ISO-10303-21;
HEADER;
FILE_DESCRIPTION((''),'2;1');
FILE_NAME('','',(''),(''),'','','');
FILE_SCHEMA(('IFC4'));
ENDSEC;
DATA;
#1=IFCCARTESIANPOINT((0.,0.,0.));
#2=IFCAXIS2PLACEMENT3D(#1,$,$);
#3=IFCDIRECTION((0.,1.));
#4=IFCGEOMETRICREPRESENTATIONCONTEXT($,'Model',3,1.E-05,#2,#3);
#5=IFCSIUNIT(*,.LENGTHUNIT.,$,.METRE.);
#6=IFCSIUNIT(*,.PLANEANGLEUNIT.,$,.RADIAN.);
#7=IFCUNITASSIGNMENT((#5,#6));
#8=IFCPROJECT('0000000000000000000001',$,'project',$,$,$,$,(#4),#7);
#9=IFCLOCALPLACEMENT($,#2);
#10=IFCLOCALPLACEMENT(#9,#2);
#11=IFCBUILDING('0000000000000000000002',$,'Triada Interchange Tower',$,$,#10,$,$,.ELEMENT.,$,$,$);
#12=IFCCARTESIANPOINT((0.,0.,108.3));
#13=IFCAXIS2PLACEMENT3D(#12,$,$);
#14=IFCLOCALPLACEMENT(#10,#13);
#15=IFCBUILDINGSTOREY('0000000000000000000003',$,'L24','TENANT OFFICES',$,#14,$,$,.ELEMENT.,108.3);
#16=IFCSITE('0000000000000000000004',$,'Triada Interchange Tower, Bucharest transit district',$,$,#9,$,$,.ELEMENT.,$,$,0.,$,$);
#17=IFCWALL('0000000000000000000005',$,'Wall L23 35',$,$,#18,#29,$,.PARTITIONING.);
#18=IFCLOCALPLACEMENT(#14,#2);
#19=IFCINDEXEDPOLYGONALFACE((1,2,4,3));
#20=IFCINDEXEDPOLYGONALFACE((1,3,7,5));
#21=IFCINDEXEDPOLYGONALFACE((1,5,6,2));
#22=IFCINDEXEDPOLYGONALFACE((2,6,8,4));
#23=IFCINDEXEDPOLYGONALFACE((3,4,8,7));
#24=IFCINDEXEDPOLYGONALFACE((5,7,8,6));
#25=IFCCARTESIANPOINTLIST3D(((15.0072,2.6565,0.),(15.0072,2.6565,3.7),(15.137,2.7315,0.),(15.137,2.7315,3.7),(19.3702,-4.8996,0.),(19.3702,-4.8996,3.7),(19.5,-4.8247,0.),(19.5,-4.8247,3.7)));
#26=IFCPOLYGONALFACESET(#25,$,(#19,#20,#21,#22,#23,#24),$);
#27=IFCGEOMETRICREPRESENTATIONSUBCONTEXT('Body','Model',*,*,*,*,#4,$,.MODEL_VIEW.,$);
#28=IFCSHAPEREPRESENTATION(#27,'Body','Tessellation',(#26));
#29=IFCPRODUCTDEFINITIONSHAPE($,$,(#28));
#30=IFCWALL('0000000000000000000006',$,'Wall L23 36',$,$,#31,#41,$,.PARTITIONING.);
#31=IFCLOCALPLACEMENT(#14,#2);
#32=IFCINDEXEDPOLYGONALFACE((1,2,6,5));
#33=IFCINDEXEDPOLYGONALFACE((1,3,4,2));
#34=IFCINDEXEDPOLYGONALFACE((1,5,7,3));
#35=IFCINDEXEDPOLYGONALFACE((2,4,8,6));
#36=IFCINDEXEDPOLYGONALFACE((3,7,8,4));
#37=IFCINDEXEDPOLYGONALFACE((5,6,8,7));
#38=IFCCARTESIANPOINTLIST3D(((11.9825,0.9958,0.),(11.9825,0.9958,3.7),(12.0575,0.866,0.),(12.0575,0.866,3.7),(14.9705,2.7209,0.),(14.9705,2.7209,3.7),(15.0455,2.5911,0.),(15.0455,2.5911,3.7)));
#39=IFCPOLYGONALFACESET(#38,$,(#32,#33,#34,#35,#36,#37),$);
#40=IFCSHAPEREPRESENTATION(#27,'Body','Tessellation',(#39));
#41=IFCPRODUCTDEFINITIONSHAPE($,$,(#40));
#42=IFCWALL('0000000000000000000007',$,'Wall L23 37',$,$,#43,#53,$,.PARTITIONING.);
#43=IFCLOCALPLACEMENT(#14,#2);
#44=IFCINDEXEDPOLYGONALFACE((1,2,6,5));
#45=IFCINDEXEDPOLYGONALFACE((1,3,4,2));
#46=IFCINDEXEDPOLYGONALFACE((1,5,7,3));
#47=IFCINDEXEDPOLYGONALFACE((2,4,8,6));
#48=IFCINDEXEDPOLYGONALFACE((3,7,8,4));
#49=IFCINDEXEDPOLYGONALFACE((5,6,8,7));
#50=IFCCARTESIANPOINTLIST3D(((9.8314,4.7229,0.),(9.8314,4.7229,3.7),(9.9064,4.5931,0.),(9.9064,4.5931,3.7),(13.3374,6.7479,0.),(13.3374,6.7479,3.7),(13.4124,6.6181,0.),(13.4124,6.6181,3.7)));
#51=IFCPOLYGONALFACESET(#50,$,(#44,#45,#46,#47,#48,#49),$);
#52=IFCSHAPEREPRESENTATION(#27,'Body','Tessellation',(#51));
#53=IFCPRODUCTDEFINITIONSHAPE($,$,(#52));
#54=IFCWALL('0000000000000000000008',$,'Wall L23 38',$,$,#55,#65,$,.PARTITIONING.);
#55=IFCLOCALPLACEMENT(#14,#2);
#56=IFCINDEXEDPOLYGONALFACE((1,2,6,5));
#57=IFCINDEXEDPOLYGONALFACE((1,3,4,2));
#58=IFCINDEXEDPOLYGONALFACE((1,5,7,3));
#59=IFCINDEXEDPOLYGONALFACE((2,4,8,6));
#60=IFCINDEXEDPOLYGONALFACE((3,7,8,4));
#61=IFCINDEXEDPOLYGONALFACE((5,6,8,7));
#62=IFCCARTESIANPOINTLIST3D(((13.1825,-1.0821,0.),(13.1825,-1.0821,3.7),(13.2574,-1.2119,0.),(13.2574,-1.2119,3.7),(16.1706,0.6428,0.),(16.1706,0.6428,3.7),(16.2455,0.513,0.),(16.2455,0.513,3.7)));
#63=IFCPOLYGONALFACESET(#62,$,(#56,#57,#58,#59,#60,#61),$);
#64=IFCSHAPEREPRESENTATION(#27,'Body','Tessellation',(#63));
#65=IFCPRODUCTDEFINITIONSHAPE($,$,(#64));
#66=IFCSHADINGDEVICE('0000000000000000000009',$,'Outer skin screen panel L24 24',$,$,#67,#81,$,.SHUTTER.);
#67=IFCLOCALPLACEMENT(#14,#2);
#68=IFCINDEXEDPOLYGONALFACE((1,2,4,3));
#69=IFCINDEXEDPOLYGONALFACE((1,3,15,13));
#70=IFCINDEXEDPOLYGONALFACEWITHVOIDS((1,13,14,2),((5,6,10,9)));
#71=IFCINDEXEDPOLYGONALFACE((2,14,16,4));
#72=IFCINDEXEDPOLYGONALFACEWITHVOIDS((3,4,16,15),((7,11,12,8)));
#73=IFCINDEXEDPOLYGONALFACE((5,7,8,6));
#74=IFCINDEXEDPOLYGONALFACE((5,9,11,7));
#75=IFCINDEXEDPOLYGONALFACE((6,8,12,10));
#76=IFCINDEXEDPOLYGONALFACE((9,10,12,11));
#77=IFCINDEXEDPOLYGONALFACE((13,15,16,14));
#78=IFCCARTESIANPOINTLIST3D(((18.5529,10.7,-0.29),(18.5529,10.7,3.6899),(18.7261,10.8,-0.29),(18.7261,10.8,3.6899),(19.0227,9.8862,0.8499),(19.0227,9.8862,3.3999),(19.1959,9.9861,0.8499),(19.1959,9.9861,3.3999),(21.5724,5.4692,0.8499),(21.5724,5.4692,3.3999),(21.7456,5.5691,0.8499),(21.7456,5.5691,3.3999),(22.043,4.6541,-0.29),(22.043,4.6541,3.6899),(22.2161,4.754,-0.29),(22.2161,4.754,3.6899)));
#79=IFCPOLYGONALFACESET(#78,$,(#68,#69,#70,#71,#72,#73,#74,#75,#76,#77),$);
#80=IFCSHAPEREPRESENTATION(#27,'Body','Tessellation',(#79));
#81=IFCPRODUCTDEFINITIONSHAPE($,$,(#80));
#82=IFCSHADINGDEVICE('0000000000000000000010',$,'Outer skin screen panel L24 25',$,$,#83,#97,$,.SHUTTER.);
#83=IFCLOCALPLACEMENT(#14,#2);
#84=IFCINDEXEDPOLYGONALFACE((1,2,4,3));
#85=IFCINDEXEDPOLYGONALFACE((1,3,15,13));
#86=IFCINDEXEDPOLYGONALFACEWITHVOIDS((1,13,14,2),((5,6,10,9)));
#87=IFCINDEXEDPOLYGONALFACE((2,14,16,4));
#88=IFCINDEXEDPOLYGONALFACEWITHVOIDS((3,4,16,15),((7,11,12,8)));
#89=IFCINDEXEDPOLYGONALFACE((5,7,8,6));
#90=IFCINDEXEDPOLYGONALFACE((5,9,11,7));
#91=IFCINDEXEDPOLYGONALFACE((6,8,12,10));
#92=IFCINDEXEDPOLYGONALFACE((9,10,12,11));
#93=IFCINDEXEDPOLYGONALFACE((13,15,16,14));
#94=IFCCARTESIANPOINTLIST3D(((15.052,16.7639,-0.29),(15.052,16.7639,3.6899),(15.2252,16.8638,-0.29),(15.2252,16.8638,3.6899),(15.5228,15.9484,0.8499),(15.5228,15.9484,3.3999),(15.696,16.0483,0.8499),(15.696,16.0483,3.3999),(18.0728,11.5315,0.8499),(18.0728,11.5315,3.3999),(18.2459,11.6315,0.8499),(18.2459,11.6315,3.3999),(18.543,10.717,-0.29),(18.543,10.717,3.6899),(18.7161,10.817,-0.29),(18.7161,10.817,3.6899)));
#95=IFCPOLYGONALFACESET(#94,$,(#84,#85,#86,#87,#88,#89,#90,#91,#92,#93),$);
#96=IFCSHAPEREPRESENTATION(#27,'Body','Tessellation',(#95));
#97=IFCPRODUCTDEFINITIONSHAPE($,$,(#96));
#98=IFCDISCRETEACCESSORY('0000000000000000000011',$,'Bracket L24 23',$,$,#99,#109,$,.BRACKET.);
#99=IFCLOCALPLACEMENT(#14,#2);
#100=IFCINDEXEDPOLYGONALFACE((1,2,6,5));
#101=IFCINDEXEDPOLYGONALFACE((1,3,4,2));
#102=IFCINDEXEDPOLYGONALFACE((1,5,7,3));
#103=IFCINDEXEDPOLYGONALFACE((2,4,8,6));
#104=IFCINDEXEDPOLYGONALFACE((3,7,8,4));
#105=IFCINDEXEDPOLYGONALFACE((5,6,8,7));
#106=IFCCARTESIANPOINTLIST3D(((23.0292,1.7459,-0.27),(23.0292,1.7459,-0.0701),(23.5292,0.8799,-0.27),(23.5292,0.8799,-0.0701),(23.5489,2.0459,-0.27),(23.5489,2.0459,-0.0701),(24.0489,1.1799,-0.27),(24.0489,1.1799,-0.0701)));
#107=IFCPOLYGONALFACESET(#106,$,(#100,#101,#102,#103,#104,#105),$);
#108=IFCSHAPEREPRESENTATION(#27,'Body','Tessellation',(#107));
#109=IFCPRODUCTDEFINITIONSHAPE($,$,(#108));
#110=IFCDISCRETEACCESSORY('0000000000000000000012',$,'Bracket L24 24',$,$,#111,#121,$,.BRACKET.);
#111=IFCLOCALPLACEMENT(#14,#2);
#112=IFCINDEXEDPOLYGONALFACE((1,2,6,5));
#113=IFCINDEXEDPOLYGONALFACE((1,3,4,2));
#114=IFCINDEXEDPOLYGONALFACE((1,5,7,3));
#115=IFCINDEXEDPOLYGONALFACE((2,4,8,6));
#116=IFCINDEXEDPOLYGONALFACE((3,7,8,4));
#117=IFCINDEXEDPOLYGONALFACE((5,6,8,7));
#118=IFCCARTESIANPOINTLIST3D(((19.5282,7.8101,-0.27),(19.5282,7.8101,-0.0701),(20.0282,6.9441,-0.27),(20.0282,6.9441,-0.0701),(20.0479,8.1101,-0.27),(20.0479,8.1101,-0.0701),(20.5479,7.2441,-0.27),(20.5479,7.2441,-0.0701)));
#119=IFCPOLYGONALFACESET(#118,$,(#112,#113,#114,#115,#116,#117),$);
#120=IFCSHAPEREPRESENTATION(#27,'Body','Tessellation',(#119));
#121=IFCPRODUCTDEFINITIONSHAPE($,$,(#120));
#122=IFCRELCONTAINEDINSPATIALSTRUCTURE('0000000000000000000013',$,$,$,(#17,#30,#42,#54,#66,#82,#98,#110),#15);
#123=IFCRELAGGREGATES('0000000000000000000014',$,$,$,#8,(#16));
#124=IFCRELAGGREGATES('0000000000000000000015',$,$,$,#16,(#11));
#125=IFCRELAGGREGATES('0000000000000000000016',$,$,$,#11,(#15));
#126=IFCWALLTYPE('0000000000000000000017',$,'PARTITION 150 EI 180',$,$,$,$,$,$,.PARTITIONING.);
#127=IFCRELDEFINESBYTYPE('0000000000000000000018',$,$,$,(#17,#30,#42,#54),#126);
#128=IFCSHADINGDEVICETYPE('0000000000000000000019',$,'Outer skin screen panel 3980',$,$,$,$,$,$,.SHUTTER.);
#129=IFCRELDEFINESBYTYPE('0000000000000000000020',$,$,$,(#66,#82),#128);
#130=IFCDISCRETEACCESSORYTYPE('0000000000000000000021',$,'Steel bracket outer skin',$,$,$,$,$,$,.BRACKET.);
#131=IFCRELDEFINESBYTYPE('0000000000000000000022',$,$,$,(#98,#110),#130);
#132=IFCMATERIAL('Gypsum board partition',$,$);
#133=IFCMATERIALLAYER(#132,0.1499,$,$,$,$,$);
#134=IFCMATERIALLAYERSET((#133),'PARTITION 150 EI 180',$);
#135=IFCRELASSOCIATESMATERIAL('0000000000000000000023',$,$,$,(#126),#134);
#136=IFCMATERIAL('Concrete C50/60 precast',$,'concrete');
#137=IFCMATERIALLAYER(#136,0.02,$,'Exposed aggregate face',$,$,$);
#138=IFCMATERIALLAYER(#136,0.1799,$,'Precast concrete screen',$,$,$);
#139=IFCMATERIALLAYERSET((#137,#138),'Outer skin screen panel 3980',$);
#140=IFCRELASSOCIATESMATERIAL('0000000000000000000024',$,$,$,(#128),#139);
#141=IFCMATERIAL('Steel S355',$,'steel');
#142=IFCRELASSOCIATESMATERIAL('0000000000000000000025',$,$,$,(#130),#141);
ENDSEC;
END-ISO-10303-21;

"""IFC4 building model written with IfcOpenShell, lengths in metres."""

from ifc_helpers import new_model, si_unit, direction, frame, frame_2d, origin, origin_2d, place, context, subcontext, project, spatial, polyline, rectangle, outline, extrude, material, layer, layer_set, type_object, element, save


model = new_model("IFC4")

# Units and contexts
model_context = context("Model", 3, precision=1e-05, world=origin(), true_north=direction((0.0, 1.0)))
body_context = subcontext(model_context, "Body", "Model", "MODEL_VIEW")
ifc_project = project(units=[si_unit("LENGTHUNIT", "METRE"), si_unit("PLANEANGLEUNIT", "RADIAN")], contexts=[model_context])

# Site, building, storey
site_placement = place(None, origin())
site = spatial("IfcSite", under=ifc_project, at=site_placement, Name="Triada Interchange Tower, Bucharest transit district", CompositionType="ELEMENT", RefElevation=0.0)
building_placement = place(site_placement, origin())
building = spatial("IfcBuilding", under=site, at=building_placement, Name="Triada Interchange Tower", CompositionType="ELEMENT")
storey_placement = place(building_placement, frame((0.0, 0.0, 108.3)))
storey = spatial("IfcBuildingStorey", under=building, at=storey_placement, Name="L24", Description="TENANT OFFICES", CompositionType="ELEMENT", Elevation=108.3)

# Shared definitions
ifc_material_1 = material(Name="Gypsum board partition")
ifc_layer_1 = layer(ifc_material_1, 0.1499)
ifc_layer_set_1 = layer_set([ifc_layer_1], Name="PARTITION 150 EI 180")
wall_type = type_object("IfcWallType", Name="PARTITION 150 EI 180", PredefinedType="PARTITIONING", material=ifc_layer_set_1)

# Walls
wall_1_placement = place(storey_placement, frame((15.072, 2.6941, 0.0), z_axis=(0.0, 0.0, 1.0), x_axis=(0.500042, -0.866001, 0.0)))
element("IfcWall", 1, at=wall_1_placement, inside=storey, type_object=wall_type, Name="Wall L23 35", PredefinedType="PARTITIONING", context=body_context, shape_type="SweptSolid", body=[
    extrude(rectangle(XDim=8.7253, YDim=0.1499, at=frame_2d((4.3628, 0.0))), origin(), (0.0, 0.0, 1.0), 3.7),
])
wall_2_placement = place(storey_placement, frame((12.02, 0.9309, 0.0), z_axis=(0.0, 0.0, 1.0), x_axis=(0.866031, 0.49999, 0.0)))
element("IfcWall", 2, at=wall_2_placement, inside=storey, type_object=wall_type, Name="Wall L23 36", PredefinedType="PARTITIONING", context=body_context, shape_type="SweptSolid", body=[
    extrude(rectangle(XDim=3.4502, YDim=0.1499, at=frame_2d((1.7251, 0.0))), origin(), (0.0, 0.0, 1.0), 3.7),
])
wall_3_placement = place(storey_placement, frame((9.8689, 4.658, 0.0), z_axis=(0.0, 0.0, 1.0), x_axis=(0.865929, 0.500166, 0.0)))
element("IfcWall", 3, at=wall_3_placement, inside=storey, type_object=wall_type, Name="Wall L23 37", PredefinedType="PARTITIONING", context=body_context, shape_type="SweptSolid", body=[
    extrude(rectangle(XDim=4.0488, YDim=0.1499, at=frame_2d((2.0244, 0.0))), origin(), (0.0, 0.0, 1.0), 3.7),
])
wall_4_placement = place(storey_placement, frame((13.22, -1.147, 0.0), z_axis=(0.0, 0.0, 1.0), x_axis=(0.866062, 0.499937, 0.0)))
element("IfcWall", 4, at=wall_4_placement, inside=storey, type_object=wall_type, Name="Wall L23 38", PredefinedType="PARTITIONING", context=body_context, shape_type="SweptSolid", body=[
    extrude(rectangle(XDim=3.4502, YDim=0.1499, at=frame_2d((1.7251, 0.0))), origin(), (0.0, 0.0, 1.0), 3.7),
])

# Shading devices
ifc_material_2 = material(Name="Concrete C50/60 precast", Category="concrete")
ifc_layer_2 = layer(ifc_material_2, 0.02, Name="Exposed aggregate face")
ifc_layer_3 = layer(ifc_material_2, 0.1799, Name="Precast concrete screen")
ifc_layer_set_2 = layer_set([ifc_layer_2, ifc_layer_3], Name="Outer skin screen panel 3980")
shading_device_type = type_object("IfcShadingDeviceType", Name="Outer skin screen panel 3980", PredefinedType="SHUTTER", material=ifc_layer_set_2)
shading_device_1_placement = place(storey_placement, frame((22.043, 4.6541, -0.29), z_axis=(0.0, 0.0, 1.0), x_axis=(-0.499934, 0.866063, 0.0)))
element("IfcShadingDevice", 5, at=shading_device_1_placement, inside=storey, type_object=shading_device_type, Name="Outer skin screen panel L24 24", PredefinedType="SHUTTER", context=body_context, shape_type="SweptSolid", body=[
    extrude(outline(polyline([(0.0, 0.0), (6.981, 0.0), (6.981, 3.98), (0.0, 3.98), (0.0, 0.0)]), holes=[polyline([(0.9412, 1.1399), (0.9412, 3.6899), (6.0413, 3.6899), (6.0413, 1.1399), (0.9412, 1.1399)])]), frame((0.0, 0.0, 0.0), z_axis=(0.0, -1.0, 0.0), x_axis=(1.0, 0.0, 0.0)), (0.0, 0.0, 1.0), 0.2),
])
shading_device_2_placement = place(storey_placement, frame((18.543, 10.717, -0.29), z_axis=(0.0, 0.0, 1.0), x_axis=(-0.499979, 0.866038, 0.0)))
element("IfcShadingDevice", 6, at=shading_device_2_placement, inside=storey, type_object=shading_device_type, Name="Outer skin screen panel L24 25", PredefinedType="SHUTTER", context=body_context, shape_type="SweptSolid", body=[
    extrude(outline(polyline([(0.0, 0.0), (6.9822, 0.0), (6.9822, 3.98), (0.0, 3.98), (0.0, 0.0)]), holes=[polyline([(0.9404, 1.1399), (0.9404, 3.6899), (6.0405, 3.6899), (6.0405, 1.1399), (0.9404, 1.1399)])]), frame((0.0, 0.0, 0.0), z_axis=(0.0, -1.0, 0.0), x_axis=(1.0, 0.0, 0.0)), (0.0, 0.0, 1.0), 0.2),
])

# Discrete accessories
ifc_material_3 = material(Name="Steel S355", Category="steel")
discrete_accessory_type = type_object("IfcDiscreteAccessoryType", Name="Steel bracket outer skin", PredefinedType="BRACKET", material=ifc_material_3)
for number, where, z_axis, x_axis, name in (
    (7, (23.5391, 1.4629, -0.27), (0.0, 0.0, 1.0), (0.866022, 0.500006, 0.0), "Bracket L24 23"),
    (8, (20.0381, 7.5271, -0.27), (0.0, 0.0, 1.0), (0.866022, 0.500006, 0.0), "Bracket L24 24"),
):
    element("IfcDiscreteAccessory", number, at=place(storey_placement, frame(where, z_axis=z_axis, x_axis=x_axis)), inside=storey, type_object=discrete_accessory_type, Name=name, PredefinedType="BRACKET", context=body_context, shape_type="SweptSolid", body=[
        extrude(rectangle(XDim=0.6001, YDim=1.0, at=origin_2d()), origin(), (0.0, 0.0, 1.0), 0.2),
    ])

save(model, "model.ifc")
